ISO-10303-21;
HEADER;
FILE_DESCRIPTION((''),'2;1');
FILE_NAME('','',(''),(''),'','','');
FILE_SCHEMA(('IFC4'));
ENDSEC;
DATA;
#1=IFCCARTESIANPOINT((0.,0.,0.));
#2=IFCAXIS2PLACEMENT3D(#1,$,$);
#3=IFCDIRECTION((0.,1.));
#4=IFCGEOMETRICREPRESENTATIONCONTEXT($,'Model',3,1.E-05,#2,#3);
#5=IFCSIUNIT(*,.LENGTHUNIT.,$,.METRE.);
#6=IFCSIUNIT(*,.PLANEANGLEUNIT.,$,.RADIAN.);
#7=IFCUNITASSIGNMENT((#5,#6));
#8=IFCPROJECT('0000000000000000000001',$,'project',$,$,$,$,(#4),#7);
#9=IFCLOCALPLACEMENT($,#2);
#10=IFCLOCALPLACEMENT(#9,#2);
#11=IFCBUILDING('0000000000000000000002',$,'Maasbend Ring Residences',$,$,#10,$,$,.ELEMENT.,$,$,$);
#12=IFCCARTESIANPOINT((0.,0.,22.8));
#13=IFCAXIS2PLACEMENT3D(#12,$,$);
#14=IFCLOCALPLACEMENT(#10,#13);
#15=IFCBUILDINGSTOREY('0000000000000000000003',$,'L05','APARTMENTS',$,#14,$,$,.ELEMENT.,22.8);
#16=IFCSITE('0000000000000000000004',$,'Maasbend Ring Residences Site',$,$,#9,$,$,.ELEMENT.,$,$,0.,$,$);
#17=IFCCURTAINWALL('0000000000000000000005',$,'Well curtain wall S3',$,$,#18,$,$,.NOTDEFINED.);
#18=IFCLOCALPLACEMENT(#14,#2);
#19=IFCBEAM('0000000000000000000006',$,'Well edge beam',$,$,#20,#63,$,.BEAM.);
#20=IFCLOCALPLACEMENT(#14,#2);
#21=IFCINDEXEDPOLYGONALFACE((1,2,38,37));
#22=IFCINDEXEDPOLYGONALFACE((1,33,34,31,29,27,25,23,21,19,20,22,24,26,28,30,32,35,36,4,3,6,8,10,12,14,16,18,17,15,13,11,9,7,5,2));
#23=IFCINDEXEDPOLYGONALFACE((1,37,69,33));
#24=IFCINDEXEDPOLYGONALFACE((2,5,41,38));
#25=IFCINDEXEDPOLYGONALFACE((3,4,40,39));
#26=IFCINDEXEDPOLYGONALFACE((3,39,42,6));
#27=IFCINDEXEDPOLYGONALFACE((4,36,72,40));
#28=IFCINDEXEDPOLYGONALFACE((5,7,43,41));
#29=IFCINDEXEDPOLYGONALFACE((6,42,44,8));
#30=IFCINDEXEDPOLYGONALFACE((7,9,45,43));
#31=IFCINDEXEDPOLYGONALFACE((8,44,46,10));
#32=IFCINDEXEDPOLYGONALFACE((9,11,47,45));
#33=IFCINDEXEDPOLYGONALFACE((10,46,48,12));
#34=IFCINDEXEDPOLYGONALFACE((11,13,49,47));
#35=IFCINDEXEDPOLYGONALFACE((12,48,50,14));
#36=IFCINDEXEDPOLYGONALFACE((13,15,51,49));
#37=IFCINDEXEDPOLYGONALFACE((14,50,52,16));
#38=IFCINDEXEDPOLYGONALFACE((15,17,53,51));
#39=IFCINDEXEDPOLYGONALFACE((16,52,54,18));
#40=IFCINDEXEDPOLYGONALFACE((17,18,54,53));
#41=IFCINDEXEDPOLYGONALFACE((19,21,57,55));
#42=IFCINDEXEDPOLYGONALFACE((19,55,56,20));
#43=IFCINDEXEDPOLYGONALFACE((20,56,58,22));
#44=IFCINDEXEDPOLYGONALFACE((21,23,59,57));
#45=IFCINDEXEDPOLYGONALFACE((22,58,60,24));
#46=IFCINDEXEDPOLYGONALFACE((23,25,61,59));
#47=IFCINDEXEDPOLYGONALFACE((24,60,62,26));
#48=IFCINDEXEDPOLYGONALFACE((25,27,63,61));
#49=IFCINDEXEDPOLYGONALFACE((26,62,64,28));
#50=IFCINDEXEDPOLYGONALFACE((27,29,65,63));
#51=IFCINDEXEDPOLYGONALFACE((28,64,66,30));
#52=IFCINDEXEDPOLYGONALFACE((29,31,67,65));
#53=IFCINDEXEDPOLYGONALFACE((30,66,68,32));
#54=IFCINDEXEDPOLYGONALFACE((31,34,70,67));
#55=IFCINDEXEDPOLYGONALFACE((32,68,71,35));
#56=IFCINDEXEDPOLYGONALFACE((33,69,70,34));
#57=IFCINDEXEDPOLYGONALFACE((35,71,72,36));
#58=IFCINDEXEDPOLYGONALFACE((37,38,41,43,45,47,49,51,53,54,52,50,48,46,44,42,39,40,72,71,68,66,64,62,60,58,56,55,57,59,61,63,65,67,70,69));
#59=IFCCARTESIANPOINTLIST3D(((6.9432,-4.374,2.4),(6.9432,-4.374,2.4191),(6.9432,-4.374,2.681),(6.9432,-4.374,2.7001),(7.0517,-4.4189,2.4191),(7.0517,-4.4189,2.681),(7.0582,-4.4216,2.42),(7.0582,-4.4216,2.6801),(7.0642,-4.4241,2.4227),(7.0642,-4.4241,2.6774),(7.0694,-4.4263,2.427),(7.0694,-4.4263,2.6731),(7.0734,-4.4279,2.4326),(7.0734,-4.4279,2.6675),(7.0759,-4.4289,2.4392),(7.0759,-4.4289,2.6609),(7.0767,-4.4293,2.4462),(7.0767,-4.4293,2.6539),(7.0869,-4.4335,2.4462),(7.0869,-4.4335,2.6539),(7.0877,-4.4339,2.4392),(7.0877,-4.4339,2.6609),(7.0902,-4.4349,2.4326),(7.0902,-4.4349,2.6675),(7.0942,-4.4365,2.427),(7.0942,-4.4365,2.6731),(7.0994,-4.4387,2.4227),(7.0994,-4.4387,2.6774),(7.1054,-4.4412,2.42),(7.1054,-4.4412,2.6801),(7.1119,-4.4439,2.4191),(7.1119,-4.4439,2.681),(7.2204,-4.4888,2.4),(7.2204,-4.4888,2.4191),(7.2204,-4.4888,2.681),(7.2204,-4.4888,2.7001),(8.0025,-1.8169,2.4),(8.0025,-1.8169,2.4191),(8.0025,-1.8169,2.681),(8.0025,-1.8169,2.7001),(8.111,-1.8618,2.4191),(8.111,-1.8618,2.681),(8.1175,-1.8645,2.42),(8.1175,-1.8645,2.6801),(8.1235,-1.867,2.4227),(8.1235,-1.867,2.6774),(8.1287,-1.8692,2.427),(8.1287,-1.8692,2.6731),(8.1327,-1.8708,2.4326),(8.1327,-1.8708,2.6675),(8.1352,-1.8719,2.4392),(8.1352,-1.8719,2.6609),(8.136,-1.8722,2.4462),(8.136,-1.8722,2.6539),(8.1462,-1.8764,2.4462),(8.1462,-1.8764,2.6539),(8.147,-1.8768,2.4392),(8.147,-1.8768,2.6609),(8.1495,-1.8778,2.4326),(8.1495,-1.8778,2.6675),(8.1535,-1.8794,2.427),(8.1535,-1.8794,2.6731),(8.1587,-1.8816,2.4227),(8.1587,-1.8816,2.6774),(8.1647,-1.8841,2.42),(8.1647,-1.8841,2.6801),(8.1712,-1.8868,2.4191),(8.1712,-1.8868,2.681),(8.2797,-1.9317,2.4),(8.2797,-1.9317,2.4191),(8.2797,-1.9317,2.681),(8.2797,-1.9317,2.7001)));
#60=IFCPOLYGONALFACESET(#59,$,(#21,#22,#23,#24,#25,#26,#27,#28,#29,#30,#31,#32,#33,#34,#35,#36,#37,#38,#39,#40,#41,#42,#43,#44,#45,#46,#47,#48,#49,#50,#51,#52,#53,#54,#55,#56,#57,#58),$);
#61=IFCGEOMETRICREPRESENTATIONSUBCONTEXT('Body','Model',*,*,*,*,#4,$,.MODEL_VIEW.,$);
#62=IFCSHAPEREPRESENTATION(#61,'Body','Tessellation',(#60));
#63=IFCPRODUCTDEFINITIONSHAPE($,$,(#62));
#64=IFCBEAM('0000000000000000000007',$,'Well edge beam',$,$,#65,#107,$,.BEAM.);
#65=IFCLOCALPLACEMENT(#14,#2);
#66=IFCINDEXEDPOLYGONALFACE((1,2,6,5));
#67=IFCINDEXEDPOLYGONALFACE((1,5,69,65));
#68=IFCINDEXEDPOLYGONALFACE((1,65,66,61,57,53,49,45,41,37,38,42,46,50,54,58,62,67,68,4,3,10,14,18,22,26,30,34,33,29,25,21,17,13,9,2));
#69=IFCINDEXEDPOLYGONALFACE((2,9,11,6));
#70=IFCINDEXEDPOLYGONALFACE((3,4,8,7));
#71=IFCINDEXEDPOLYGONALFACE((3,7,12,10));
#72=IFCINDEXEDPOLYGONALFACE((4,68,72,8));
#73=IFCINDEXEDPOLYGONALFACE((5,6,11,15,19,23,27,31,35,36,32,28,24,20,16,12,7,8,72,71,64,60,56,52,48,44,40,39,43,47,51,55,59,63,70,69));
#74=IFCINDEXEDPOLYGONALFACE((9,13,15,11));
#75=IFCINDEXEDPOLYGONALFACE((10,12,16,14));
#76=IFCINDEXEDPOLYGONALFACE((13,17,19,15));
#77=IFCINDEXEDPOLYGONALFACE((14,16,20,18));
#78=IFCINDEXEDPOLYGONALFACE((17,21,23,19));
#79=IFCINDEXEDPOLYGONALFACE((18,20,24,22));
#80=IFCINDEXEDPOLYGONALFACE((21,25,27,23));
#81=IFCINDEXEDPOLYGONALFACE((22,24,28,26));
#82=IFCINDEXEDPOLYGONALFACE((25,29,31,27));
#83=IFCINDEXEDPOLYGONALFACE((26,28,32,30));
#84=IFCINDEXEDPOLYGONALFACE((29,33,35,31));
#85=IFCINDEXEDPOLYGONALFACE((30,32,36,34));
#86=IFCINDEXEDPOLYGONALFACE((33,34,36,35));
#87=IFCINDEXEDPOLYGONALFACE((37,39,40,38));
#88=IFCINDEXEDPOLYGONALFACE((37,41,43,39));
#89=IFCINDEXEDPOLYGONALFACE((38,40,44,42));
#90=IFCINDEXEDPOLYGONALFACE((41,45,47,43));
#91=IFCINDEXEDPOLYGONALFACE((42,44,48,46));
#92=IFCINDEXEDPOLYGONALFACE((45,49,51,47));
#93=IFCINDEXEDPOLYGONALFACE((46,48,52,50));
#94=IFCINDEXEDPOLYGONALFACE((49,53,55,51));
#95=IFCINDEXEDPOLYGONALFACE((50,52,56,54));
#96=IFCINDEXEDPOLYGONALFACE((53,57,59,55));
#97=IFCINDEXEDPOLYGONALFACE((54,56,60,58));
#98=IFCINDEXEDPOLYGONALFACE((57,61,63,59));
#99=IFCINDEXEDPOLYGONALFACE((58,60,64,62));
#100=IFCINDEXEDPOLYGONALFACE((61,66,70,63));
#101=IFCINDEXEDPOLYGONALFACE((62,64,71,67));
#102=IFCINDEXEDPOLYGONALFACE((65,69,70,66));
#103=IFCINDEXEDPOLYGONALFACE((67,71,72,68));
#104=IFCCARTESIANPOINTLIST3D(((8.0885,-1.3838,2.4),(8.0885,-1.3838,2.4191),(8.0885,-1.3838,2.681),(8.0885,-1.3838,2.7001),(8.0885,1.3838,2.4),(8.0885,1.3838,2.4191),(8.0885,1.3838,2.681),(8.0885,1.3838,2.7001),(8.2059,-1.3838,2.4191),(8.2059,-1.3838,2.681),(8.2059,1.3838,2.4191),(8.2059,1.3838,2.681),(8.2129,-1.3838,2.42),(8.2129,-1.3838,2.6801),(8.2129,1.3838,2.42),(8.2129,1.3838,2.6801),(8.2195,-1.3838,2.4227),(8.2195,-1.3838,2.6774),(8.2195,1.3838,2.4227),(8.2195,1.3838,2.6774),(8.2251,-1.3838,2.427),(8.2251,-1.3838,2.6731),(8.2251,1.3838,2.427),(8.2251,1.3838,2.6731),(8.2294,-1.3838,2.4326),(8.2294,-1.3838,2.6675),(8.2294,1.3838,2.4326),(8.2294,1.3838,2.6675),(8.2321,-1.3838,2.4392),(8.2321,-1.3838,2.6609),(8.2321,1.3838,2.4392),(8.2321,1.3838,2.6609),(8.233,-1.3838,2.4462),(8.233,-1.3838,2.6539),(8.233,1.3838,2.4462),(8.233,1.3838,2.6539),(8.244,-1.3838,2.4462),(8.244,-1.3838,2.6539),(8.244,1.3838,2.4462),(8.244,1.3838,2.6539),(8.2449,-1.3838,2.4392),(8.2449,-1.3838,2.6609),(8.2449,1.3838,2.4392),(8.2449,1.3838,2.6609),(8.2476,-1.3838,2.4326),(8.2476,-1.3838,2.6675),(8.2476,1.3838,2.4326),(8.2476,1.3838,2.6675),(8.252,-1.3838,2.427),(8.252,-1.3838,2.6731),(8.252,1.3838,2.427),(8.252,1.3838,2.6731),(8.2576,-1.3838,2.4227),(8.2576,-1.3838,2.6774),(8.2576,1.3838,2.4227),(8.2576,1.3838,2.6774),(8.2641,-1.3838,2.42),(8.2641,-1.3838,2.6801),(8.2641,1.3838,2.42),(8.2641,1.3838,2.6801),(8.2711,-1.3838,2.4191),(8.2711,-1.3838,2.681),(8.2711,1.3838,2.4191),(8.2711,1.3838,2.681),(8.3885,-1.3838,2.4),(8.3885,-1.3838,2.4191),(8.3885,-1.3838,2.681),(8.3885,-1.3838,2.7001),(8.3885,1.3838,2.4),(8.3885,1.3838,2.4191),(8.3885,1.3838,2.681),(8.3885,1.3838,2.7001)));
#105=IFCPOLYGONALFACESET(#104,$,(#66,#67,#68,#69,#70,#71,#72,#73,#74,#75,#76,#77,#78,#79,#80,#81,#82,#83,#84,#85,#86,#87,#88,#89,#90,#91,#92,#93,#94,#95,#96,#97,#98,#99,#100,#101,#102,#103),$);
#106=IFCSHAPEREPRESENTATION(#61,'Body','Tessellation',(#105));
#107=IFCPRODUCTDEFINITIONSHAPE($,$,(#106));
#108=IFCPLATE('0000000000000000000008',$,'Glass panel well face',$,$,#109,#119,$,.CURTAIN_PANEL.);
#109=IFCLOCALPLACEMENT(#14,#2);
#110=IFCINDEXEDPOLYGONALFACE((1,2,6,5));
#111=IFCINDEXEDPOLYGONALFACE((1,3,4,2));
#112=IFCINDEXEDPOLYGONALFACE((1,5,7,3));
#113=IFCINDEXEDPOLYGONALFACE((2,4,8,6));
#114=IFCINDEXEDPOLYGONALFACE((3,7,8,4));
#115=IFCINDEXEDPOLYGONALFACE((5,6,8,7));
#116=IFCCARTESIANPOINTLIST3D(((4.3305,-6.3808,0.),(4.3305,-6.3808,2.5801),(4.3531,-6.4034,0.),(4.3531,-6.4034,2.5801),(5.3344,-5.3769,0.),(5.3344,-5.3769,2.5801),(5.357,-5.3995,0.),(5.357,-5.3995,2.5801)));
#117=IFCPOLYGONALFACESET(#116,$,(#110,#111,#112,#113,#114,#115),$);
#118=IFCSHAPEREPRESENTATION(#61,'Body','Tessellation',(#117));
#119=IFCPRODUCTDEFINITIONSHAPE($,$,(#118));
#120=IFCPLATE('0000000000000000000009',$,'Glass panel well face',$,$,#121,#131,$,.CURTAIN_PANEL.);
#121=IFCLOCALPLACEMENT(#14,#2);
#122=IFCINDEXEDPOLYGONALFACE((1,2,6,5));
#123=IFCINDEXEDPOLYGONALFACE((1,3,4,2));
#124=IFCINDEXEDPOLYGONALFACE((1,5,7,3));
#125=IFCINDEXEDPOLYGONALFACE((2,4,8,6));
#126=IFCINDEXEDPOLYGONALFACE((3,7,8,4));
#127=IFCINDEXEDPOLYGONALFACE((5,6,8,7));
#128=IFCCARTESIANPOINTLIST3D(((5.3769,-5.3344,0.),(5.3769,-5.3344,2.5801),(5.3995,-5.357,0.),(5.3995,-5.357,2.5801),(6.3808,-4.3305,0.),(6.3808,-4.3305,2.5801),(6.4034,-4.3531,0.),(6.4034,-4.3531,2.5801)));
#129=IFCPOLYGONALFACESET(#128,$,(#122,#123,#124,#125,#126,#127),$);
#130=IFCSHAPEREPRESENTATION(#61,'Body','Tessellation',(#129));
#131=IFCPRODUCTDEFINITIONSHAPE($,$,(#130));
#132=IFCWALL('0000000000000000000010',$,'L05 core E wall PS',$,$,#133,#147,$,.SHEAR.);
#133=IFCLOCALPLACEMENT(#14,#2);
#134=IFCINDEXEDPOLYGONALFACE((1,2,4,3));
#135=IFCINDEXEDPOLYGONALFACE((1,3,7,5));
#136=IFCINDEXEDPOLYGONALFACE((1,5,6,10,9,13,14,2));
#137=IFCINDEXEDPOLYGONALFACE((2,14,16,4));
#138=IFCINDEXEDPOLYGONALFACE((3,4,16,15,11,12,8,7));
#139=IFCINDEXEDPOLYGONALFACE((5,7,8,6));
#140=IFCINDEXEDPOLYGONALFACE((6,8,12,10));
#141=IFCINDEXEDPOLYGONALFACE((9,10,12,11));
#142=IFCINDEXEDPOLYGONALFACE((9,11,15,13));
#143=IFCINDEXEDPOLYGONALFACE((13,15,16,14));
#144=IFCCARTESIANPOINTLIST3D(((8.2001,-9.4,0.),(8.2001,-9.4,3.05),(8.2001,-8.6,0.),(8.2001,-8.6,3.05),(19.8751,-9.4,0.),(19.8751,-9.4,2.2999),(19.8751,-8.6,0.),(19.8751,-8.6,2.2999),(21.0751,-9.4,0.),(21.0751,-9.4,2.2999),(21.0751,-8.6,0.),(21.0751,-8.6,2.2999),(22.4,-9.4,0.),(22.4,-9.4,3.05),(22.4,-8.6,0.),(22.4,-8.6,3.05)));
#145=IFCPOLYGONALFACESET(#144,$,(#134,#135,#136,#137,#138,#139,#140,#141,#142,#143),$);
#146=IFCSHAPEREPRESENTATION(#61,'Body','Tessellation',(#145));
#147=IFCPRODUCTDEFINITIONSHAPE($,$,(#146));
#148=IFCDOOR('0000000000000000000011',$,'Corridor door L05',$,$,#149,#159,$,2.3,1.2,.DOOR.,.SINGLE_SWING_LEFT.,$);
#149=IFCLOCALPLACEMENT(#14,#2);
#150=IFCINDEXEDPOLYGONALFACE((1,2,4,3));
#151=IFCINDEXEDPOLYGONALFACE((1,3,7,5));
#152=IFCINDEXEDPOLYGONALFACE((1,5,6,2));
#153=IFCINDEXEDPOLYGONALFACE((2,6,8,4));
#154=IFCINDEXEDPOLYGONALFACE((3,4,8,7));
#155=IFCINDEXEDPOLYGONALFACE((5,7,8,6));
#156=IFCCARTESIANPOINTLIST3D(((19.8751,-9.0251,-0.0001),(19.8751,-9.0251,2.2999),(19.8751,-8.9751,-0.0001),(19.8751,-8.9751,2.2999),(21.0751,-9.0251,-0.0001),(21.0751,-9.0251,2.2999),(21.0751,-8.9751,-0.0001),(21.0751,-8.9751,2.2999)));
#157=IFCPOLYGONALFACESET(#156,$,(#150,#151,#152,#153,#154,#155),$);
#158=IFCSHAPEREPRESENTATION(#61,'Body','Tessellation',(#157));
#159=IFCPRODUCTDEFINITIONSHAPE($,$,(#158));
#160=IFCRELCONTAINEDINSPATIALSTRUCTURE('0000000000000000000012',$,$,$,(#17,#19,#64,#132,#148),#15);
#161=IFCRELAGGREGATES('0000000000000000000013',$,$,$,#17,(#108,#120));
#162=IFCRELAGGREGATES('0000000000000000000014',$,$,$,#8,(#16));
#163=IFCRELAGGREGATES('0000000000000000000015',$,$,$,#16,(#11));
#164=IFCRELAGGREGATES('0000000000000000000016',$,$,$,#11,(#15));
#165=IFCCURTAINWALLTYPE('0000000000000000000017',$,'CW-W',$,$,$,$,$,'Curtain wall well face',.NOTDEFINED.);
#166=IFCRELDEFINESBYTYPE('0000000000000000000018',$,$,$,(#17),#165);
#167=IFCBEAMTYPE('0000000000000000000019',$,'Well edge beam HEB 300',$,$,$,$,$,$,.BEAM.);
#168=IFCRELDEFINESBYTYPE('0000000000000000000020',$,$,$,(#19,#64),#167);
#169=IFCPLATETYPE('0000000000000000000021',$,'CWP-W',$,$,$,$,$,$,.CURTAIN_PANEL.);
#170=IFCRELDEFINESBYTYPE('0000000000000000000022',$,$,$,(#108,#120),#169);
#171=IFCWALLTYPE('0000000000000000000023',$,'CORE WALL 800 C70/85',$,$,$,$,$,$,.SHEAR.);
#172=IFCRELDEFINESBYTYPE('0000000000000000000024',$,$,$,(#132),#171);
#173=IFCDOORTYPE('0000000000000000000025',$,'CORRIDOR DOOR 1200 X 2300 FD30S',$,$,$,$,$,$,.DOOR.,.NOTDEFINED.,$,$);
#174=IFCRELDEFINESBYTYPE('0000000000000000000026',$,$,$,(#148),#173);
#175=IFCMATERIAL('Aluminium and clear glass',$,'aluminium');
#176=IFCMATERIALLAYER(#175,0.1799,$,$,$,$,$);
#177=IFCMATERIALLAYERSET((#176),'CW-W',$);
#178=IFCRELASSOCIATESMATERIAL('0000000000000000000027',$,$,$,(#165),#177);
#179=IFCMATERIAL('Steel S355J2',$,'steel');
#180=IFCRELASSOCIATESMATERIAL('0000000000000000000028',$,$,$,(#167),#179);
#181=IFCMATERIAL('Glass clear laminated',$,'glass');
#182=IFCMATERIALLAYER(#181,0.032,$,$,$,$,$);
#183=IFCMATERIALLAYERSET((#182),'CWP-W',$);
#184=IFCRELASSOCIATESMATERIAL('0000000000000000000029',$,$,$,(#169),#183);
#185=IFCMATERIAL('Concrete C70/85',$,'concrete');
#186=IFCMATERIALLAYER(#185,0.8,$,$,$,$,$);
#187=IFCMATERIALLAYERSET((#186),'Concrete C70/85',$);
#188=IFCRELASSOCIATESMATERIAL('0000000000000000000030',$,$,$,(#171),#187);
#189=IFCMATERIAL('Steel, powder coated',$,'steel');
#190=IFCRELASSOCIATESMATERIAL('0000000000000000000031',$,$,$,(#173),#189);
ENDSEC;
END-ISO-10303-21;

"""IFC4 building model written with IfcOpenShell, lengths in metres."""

from ifc_helpers import new_model, si_unit, direction, frame, frame_2d, origin, origin_2d, place, context, subcontext, project, spatial, rectangle, i_section, extrude, material, layer, layer_set, material_profile, profile_set, type_object, element, fill, aggregate, save


model = new_model("IFC4")

# Units and contexts
model_context = context("Model", 3, precision=1e-05, world=origin(), true_north=direction((0.0, 1.0)))
body_context = subcontext(model_context, "Body", "Model", "MODEL_VIEW")
ifc_project = project(units=[si_unit("LENGTHUNIT", "METRE"), si_unit("PLANEANGLEUNIT", "RADIAN")], contexts=[model_context])

# Site, building, storey
site_placement = place(None, origin())
site = spatial("IfcSite", under=ifc_project, at=site_placement, Name="Maasbend Ring Residences Site", CompositionType="ELEMENT", RefElevation=0.0)
building_placement = place(site_placement, origin())
building = spatial("IfcBuilding", under=site, at=building_placement, Name="Maasbend Ring Residences", CompositionType="ELEMENT")
storey_placement = place(building_placement, frame((0.0, 0.0, 22.8)))
storey = spatial("IfcBuildingStorey", under=building, at=storey_placement, Name="L05", Description="APARTMENTS", CompositionType="ELEMENT", Elevation=22.8)

# Shared definitions
ifc_material_1 = material(Name="Aluminium and clear glass", Category="aluminium")
ifc_layer_1 = layer(ifc_material_1, 0.1799)
ifc_layer_set_1 = layer_set([ifc_layer_1], Name="CW-W")
curtain_wall_type = type_object("IfcCurtainWallType", Name="CW-W", ElementType="Curtain wall well face", PredefinedType="NOTDEFINED", material=ifc_layer_set_1)

# Curtain wall
curtain_wall_1_placement = place(storey_placement, origin())
curtain_wall_1 = element("IfcCurtainWall", 1, at=curtain_wall_1_placement, inside=storey, type_object=curtain_wall_type, Name="Well curtain wall S3", PredefinedType="NOTDEFINED")

# Beams
ifc_material_2 = material(Name="Steel S355J2", Category="steel")
ifc_material_profile_1 = material_profile(ifc_material_2, i_section(OverallWidth=0.3, OverallDepth=0.3, WebThickness=0.011, FlangeThickness=0.019, FilletRadius=0.0271, at=origin_2d()), Name="HEB 300")
ifc_profile_set_1 = profile_set([ifc_material_profile_1], Name="Steel S355J2")
beam_type = type_object("IfcBeamType", Name="Well edge beam HEB 300", PredefinedType="BEAM", material=ifc_profile_set_1)
beam_1_placement = place(storey_placement, frame((7.0818, -4.4314, 2.55), z_axis=(0.382723, 0.923863, 0.0), x_axis=(-0.923863, 0.382723, 0.0)))
element("IfcBeam", 2, at=beam_1_placement, inside=storey, type_object=beam_type, Name="Well edge beam", PredefinedType="BEAM", context=body_context, shape_type="SweptSolid", body=[
    extrude(i_section(OverallWidth=0.3, OverallDepth=0.3, WebThickness=0.011, FlangeThickness=0.019, FilletRadius=0.0271, at=origin_2d()), origin(), (0.0, 0.0, 1.0), 2.7678),
])
beam_2_placement = place(storey_placement, frame((8.2385, -1.3838, 2.55), z_axis=(0.0, 1.0, 0.0), x_axis=(-1.0, 0.0, 0.0)))
element("IfcBeam", 3, at=beam_2_placement, inside=storey, type_object=beam_type, Name="Well edge beam", PredefinedType="BEAM", context=body_context, shape_type="SweptSolid", body=[
    extrude(i_section(OverallWidth=0.3, OverallDepth=0.3, WebThickness=0.011, FlangeThickness=0.019, FilletRadius=0.0271, at=origin_2d()), origin(), (0.0, 0.0, 1.0), 2.7676),
])

# Plates
ifc_material_3 = material(Name="Glass clear laminated", Category="glass")
ifc_layer_2 = layer(ifc_material_3, 0.032)
ifc_layer_set_2 = layer_set([ifc_layer_2], Name="CWP-W")
plate_type = type_object("IfcPlateType", Name="CWP-W", PredefinedType="CURTAIN_PANEL", material=ifc_layer_set_2)
plate_1_placement = place(storey_placement, frame((4.8438, -5.8901, 0.0), z_axis=(0.0, 0.0, 1.0), x_axis=(0.707107, 0.707107, 0.0)))
plate_1 = element("IfcPlate", 4, at=plate_1_placement, type_object=plate_type, Name="Glass panel well face", PredefinedType="CURTAIN_PANEL", context=body_context, shape_type="SweptSolid", body=[
    extrude(rectangle(XDim=1.4197, YDim=0.032, at=origin_2d()), origin(), (0.0, 0.0, 1.0), 2.5801),
])
plate_2_placement = place(storey_placement, frame((5.8901, -4.8438, 0.0), z_axis=(0.0, 0.0, 1.0), x_axis=(0.707107, 0.707107, 0.0)))
plate_2 = element("IfcPlate", 5, at=plate_2_placement, type_object=plate_type, Name="Glass panel well face", PredefinedType="CURTAIN_PANEL", context=body_context, shape_type="SweptSolid", body=[
    extrude(rectangle(XDim=1.4197, YDim=0.032, at=origin_2d()), origin(), (0.0, 0.0, 1.0), 2.5801),
])
aggregate(curtain_wall_1, [plate_1, plate_2])

# Wall, opening, door
ifc_material_4 = material(Name="Concrete C70/85", Category="concrete")
ifc_layer_3 = layer(ifc_material_4, 0.8)
ifc_layer_set_3 = layer_set([ifc_layer_3], Name="Concrete C70/85")
wall_type_1 = type_object("IfcWallType", Name="CORE WALL 800 C70/85", PredefinedType="SHEAR", material=ifc_layer_set_3)
wall_1_placement = place(storey_placement, frame((8.2, -9.0, 0.0), z_axis=(0.0, 0.0, 1.0), x_axis=(1.0, 0.0, 0.0)))
wall_1 = element("IfcWall", 6, at=wall_1_placement, inside=storey, type_object=wall_type_1, Name="L05 core E wall PS", PredefinedType="SHEAR", context=body_context, shape_type="SweptSolid", body=[
    extrude(rectangle(XDim=14.2, YDim=0.8, at=frame_2d((7.1001, 0.0))), origin(), (0.0, 0.0, 1.0), 3.05),
])
opening_1_placement = place(wall_1_placement, frame((11.675, 0.0, 0.0)))
opening_1 = element("IfcOpeningElement", 7, at=opening_1_placement, cuts=wall_1, PredefinedType="OPENING", context=body_context, shape_type="SweptSolid", body=[
    extrude(rectangle(XDim=1.2, YDim=2.3, at=frame_2d((0.6001, 1.1499))), frame((0.0, 0.4102, 0.0), z_axis=(0.0, -1.0, 0.0), x_axis=(1.0, 0.0, 0.0)), (0.0, 0.0, 1.0), 0.8201),
])
ifc_material_5 = material(Name="Steel, powder coated", Category="steel")
door_type = type_object("IfcDoorType", Name="CORRIDOR DOOR 1200 X 2300 FD30S", OperationType="NOTDEFINED", PredefinedType="DOOR", material=ifc_material_5)
door_placement = place(opening_1_placement, origin())
door = element("IfcDoor", 8, at=door_placement, inside=storey, type_object=door_type, Name="Corridor door L05", OperationType="SINGLE_SWING_LEFT", OverallHeight=2.3, OverallWidth=1.2, PredefinedType="DOOR", context=body_context, shape_type="SweptSolid", body=[
    extrude(rectangle(XDim=1.2, YDim=2.3, at=frame_2d((0.6001, 1.1499))), frame((0.0, 0.0249, 0.0), z_axis=(0.0, -1.0, 0.0), x_axis=(1.0, 0.0, 0.0)), (0.0, 0.0, 1.0), 0.05),
])
fill(opening_1, door)

save(model, "model.ifc")
